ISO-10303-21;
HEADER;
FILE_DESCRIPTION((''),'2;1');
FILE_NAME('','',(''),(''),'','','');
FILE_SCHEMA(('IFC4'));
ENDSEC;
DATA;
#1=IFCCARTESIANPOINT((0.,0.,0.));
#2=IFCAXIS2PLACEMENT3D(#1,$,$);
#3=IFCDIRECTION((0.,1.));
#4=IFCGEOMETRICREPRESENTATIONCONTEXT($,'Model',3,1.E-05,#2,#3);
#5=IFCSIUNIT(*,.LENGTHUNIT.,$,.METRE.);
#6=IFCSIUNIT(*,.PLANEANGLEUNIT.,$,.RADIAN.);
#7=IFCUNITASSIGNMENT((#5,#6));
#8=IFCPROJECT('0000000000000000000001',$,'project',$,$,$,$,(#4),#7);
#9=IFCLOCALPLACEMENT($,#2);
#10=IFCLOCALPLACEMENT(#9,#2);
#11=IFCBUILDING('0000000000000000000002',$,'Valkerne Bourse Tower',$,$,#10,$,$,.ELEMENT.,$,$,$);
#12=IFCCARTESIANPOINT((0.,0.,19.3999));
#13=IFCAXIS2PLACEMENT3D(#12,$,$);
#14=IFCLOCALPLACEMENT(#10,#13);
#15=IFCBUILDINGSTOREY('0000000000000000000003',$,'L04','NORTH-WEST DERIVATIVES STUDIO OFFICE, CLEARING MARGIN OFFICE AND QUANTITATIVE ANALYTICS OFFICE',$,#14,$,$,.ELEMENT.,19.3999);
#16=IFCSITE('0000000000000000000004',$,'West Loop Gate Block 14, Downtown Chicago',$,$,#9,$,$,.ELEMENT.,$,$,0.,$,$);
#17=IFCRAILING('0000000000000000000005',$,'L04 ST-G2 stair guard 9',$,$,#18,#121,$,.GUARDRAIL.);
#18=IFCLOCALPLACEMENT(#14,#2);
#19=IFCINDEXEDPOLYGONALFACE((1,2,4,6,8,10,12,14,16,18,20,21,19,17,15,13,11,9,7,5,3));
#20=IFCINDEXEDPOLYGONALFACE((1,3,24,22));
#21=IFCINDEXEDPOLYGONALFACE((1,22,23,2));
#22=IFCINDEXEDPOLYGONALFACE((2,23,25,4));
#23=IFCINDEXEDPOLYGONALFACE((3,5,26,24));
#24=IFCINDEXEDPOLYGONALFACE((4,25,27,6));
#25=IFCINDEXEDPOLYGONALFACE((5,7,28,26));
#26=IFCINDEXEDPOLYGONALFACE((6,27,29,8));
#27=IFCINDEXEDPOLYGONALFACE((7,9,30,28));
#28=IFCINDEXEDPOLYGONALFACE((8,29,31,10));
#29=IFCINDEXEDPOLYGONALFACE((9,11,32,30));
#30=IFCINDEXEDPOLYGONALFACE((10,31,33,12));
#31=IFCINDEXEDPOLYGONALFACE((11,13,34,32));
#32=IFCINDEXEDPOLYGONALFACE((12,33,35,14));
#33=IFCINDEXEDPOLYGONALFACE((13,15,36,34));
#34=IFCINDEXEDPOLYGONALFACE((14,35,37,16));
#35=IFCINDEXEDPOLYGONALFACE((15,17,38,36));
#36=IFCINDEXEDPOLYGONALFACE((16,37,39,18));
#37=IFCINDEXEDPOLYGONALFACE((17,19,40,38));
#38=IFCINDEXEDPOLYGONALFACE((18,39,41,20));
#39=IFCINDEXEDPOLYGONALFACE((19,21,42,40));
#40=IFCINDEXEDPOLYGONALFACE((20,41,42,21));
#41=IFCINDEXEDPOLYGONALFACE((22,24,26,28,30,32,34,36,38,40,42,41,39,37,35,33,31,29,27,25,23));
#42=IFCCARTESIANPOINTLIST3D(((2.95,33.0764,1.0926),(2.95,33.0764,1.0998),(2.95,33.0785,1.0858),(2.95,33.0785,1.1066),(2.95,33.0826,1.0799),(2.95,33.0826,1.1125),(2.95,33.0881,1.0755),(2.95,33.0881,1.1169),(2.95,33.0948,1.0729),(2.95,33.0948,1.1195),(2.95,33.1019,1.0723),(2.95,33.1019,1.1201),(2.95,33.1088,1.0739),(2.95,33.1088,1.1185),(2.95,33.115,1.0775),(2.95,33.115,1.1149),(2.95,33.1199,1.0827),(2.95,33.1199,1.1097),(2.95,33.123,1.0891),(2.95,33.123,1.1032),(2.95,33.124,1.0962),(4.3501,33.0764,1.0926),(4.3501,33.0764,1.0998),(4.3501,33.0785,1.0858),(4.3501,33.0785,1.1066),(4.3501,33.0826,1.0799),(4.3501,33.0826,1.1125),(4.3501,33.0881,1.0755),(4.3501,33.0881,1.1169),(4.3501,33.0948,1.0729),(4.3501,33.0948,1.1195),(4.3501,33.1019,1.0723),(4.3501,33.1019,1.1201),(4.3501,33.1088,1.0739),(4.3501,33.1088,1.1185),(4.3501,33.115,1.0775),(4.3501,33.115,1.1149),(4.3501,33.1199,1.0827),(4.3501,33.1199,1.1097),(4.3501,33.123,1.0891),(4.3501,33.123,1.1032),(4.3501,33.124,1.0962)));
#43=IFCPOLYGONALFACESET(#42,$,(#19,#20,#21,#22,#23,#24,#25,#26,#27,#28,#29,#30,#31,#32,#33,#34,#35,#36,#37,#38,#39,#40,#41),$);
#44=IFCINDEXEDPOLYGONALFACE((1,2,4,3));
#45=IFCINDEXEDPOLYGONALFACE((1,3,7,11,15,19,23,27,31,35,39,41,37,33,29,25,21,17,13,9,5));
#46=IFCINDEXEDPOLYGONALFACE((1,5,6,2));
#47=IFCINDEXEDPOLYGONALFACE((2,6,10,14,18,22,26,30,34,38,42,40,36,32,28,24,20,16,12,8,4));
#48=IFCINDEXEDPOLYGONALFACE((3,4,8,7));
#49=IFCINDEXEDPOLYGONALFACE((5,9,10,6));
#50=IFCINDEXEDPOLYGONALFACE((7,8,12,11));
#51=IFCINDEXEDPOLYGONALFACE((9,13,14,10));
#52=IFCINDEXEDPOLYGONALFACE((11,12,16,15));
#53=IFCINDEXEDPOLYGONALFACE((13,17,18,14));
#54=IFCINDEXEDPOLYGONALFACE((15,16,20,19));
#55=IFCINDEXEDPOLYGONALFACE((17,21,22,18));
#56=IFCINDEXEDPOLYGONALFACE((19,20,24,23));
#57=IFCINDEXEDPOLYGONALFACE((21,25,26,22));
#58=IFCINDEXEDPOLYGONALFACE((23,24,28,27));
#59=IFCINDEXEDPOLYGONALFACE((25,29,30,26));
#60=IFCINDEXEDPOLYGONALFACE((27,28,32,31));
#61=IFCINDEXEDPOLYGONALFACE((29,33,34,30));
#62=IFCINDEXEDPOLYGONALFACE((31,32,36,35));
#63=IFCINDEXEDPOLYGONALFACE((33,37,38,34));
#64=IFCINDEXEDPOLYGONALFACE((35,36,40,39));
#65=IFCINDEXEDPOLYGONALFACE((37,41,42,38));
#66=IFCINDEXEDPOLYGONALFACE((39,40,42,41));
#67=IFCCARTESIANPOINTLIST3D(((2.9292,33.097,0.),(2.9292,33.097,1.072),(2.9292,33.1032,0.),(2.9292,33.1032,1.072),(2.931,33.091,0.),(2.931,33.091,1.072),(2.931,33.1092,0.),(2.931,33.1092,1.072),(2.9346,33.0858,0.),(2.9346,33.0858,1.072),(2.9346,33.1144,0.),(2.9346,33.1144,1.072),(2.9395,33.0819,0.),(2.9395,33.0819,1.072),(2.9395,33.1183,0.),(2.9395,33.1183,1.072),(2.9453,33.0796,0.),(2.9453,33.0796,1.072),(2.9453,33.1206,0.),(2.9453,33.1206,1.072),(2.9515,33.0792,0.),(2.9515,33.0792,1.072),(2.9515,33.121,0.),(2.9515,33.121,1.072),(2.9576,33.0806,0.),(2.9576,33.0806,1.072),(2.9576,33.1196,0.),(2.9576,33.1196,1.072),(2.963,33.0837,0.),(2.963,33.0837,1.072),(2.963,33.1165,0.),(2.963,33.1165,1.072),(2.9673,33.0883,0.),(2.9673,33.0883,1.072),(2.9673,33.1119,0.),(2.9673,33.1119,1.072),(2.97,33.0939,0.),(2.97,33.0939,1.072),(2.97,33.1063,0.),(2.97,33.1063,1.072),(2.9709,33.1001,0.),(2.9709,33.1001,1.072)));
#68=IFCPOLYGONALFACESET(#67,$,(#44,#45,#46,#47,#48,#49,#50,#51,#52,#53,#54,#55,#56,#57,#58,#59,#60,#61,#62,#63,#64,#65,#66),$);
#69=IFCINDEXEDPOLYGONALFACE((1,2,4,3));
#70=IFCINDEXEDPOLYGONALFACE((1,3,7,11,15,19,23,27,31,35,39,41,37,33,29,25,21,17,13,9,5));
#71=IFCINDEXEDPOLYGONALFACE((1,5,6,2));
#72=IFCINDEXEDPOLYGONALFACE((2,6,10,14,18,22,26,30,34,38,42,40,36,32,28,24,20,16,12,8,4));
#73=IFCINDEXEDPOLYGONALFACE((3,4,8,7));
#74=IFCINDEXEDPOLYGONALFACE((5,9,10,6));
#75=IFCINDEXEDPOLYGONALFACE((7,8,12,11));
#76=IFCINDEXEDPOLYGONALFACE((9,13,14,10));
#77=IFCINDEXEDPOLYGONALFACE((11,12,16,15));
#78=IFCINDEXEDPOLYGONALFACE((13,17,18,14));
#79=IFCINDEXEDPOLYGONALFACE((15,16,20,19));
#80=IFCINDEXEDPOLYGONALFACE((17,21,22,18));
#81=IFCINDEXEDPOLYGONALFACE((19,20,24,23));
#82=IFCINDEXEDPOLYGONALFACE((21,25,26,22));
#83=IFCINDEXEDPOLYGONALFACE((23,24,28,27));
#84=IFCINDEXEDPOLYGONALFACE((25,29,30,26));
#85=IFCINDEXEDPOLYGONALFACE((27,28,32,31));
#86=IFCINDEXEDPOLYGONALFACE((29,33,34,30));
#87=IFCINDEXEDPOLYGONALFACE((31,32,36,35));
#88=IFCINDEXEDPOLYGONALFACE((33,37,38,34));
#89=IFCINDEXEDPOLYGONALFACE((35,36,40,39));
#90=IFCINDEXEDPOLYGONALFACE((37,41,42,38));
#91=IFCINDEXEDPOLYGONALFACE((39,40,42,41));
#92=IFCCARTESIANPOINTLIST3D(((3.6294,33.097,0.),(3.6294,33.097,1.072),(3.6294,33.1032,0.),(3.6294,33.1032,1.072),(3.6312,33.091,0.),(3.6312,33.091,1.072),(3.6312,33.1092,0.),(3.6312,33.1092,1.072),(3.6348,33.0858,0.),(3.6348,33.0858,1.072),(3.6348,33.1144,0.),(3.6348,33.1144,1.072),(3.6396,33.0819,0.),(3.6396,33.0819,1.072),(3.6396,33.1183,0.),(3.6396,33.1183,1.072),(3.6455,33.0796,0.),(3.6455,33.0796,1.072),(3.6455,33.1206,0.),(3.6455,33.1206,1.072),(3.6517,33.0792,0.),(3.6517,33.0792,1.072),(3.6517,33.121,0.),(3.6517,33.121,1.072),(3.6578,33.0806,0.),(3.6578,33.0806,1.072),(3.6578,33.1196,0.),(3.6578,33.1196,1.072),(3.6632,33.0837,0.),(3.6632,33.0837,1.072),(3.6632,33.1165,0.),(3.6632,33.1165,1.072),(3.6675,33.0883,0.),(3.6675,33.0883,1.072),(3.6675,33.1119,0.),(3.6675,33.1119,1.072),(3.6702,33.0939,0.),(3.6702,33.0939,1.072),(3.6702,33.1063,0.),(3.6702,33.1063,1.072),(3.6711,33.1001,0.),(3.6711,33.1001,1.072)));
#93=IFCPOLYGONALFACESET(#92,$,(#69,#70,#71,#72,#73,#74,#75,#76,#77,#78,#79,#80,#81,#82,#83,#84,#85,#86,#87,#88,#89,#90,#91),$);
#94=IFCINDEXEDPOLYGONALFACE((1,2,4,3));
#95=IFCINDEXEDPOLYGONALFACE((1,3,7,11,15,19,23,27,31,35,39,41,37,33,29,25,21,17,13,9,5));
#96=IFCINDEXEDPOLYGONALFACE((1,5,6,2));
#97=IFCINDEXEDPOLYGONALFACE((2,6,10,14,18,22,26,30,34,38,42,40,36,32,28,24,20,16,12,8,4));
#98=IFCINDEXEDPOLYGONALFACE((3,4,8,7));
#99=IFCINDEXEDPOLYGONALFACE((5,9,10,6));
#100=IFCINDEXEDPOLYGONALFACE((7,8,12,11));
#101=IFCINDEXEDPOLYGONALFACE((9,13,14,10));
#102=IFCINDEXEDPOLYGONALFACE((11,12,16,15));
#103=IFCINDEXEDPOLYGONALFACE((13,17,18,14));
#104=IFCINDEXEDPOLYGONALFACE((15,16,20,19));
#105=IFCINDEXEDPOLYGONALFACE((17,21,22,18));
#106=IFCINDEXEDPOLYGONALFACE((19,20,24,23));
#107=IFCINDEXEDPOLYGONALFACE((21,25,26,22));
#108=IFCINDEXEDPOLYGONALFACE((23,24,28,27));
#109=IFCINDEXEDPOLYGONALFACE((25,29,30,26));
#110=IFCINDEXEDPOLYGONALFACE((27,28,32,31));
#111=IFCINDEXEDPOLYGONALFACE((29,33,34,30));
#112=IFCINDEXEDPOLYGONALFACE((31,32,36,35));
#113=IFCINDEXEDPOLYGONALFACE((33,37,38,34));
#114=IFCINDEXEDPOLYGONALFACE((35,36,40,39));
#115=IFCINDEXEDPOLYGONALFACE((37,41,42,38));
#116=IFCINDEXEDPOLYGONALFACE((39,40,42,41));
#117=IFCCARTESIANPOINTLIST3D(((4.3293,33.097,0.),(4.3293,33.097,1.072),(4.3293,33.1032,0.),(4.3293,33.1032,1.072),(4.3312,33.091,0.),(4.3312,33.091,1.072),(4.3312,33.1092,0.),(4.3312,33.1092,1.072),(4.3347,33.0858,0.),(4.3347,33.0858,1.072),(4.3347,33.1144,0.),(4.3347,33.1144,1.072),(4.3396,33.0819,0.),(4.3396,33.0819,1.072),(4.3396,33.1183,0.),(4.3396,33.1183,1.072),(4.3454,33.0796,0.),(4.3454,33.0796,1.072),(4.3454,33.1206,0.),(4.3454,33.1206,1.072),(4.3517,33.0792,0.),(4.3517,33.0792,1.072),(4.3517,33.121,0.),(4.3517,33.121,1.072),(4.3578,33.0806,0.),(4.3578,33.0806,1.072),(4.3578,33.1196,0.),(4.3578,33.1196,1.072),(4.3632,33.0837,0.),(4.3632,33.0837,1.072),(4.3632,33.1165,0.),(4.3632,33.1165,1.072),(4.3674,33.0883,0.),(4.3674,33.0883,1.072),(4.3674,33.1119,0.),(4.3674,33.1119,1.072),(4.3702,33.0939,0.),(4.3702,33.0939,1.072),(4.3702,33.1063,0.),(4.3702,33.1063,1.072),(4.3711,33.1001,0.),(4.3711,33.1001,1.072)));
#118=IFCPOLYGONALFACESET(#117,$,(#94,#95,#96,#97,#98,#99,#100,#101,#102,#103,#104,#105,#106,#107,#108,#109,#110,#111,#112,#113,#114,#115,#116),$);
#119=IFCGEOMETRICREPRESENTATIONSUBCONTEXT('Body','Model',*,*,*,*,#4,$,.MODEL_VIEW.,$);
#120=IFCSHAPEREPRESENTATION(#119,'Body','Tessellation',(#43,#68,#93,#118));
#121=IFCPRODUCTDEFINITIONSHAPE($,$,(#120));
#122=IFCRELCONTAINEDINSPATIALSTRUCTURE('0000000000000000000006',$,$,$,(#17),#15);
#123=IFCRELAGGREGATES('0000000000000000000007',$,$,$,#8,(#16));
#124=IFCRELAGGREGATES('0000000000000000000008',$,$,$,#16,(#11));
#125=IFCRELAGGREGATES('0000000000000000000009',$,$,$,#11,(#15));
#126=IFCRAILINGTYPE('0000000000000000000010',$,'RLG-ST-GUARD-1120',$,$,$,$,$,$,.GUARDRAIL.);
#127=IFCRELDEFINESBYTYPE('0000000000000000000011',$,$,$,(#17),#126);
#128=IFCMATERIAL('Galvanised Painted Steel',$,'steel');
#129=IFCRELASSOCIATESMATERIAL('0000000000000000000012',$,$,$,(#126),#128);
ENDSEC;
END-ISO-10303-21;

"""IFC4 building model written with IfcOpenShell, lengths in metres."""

from ifc_helpers import new_model, si_unit, direction, frame, origin, origin_2d, place, context, subcontext, project, spatial, circle, extrude, material, type_object, element, save


model = new_model("IFC4")

# Units and contexts
model_context = context("Model", 3, precision=1e-05, world=origin(), true_north=direction((0.0, 1.0)))
body_context = subcontext(model_context, "Body", "Model", "MODEL_VIEW")
ifc_project = project(units=[si_unit("LENGTHUNIT", "METRE"), si_unit("PLANEANGLEUNIT", "RADIAN")], contexts=[model_context])

# Site, building, storey
site_placement = place(None, origin())
site = spatial("IfcSite", under=ifc_project, at=site_placement, Name="West Loop Gate Block 14, Downtown Chicago", CompositionType="ELEMENT", RefElevation=0.0)
building_placement = place(site_placement, origin())
building = spatial("IfcBuilding", under=site, at=building_placement, Name="Valkerne Bourse Tower", CompositionType="ELEMENT")
storey_placement = place(building_placement, frame((0.0, 0.0, 19.3999)))
storey = spatial("IfcBuildingStorey", under=building, at=storey_placement, Name="L04", Description="NORTH-WEST DERIVATIVES STUDIO OFFICE, CLEARING MARGIN OFFICE AND QUANTITATIVE ANALYTICS OFFICE", CompositionType="ELEMENT", Elevation=19.3999)

# Shared definitions
ifc_material_1 = material(Name="Galvanised Painted Steel", Category="steel")

# Railing
railing_type_1 = type_object("IfcRailingType", Name="RLG-ST-GUARD-1120", PredefinedType="GUARDRAIL", material=ifc_material_1)
for number, where, name in (
    (1, (2.95, 33.1001, 0.0), "L04 ST-G2 stair guard 9"),
):
    element("IfcRailing", number, at=place(storey_placement, frame(where)), inside=storey, type_object=railing_type_1, Name=name, PredefinedType="GUARDRAIL", context=body_context, shape_type="SweptSolid", body=[
        extrude(circle(Radius=0.0239, at=origin_2d()), frame((0.0, 0.0, 1.0962), z_axis=(1.0, 0.0, 0.0), x_axis=(0.0, 1.0, 0.0)), (0.0, 0.0, 1.0), 1.4001),
        extrude(circle(Radius=0.021, at=origin_2d()), origin(), (0.0, 0.0, 1.0), 1.072),
        extrude(circle(Radius=0.021, at=origin_2d()), frame((0.7002, 0.0, 0.0)), (0.0, 0.0, 1.0), 1.072),
        extrude(circle(Radius=0.021, at=origin_2d()), frame((1.4001, 0.0, 0.0)), (0.0, 0.0, 1.0), 1.072),
    ])

save(model, "model.ifc")
